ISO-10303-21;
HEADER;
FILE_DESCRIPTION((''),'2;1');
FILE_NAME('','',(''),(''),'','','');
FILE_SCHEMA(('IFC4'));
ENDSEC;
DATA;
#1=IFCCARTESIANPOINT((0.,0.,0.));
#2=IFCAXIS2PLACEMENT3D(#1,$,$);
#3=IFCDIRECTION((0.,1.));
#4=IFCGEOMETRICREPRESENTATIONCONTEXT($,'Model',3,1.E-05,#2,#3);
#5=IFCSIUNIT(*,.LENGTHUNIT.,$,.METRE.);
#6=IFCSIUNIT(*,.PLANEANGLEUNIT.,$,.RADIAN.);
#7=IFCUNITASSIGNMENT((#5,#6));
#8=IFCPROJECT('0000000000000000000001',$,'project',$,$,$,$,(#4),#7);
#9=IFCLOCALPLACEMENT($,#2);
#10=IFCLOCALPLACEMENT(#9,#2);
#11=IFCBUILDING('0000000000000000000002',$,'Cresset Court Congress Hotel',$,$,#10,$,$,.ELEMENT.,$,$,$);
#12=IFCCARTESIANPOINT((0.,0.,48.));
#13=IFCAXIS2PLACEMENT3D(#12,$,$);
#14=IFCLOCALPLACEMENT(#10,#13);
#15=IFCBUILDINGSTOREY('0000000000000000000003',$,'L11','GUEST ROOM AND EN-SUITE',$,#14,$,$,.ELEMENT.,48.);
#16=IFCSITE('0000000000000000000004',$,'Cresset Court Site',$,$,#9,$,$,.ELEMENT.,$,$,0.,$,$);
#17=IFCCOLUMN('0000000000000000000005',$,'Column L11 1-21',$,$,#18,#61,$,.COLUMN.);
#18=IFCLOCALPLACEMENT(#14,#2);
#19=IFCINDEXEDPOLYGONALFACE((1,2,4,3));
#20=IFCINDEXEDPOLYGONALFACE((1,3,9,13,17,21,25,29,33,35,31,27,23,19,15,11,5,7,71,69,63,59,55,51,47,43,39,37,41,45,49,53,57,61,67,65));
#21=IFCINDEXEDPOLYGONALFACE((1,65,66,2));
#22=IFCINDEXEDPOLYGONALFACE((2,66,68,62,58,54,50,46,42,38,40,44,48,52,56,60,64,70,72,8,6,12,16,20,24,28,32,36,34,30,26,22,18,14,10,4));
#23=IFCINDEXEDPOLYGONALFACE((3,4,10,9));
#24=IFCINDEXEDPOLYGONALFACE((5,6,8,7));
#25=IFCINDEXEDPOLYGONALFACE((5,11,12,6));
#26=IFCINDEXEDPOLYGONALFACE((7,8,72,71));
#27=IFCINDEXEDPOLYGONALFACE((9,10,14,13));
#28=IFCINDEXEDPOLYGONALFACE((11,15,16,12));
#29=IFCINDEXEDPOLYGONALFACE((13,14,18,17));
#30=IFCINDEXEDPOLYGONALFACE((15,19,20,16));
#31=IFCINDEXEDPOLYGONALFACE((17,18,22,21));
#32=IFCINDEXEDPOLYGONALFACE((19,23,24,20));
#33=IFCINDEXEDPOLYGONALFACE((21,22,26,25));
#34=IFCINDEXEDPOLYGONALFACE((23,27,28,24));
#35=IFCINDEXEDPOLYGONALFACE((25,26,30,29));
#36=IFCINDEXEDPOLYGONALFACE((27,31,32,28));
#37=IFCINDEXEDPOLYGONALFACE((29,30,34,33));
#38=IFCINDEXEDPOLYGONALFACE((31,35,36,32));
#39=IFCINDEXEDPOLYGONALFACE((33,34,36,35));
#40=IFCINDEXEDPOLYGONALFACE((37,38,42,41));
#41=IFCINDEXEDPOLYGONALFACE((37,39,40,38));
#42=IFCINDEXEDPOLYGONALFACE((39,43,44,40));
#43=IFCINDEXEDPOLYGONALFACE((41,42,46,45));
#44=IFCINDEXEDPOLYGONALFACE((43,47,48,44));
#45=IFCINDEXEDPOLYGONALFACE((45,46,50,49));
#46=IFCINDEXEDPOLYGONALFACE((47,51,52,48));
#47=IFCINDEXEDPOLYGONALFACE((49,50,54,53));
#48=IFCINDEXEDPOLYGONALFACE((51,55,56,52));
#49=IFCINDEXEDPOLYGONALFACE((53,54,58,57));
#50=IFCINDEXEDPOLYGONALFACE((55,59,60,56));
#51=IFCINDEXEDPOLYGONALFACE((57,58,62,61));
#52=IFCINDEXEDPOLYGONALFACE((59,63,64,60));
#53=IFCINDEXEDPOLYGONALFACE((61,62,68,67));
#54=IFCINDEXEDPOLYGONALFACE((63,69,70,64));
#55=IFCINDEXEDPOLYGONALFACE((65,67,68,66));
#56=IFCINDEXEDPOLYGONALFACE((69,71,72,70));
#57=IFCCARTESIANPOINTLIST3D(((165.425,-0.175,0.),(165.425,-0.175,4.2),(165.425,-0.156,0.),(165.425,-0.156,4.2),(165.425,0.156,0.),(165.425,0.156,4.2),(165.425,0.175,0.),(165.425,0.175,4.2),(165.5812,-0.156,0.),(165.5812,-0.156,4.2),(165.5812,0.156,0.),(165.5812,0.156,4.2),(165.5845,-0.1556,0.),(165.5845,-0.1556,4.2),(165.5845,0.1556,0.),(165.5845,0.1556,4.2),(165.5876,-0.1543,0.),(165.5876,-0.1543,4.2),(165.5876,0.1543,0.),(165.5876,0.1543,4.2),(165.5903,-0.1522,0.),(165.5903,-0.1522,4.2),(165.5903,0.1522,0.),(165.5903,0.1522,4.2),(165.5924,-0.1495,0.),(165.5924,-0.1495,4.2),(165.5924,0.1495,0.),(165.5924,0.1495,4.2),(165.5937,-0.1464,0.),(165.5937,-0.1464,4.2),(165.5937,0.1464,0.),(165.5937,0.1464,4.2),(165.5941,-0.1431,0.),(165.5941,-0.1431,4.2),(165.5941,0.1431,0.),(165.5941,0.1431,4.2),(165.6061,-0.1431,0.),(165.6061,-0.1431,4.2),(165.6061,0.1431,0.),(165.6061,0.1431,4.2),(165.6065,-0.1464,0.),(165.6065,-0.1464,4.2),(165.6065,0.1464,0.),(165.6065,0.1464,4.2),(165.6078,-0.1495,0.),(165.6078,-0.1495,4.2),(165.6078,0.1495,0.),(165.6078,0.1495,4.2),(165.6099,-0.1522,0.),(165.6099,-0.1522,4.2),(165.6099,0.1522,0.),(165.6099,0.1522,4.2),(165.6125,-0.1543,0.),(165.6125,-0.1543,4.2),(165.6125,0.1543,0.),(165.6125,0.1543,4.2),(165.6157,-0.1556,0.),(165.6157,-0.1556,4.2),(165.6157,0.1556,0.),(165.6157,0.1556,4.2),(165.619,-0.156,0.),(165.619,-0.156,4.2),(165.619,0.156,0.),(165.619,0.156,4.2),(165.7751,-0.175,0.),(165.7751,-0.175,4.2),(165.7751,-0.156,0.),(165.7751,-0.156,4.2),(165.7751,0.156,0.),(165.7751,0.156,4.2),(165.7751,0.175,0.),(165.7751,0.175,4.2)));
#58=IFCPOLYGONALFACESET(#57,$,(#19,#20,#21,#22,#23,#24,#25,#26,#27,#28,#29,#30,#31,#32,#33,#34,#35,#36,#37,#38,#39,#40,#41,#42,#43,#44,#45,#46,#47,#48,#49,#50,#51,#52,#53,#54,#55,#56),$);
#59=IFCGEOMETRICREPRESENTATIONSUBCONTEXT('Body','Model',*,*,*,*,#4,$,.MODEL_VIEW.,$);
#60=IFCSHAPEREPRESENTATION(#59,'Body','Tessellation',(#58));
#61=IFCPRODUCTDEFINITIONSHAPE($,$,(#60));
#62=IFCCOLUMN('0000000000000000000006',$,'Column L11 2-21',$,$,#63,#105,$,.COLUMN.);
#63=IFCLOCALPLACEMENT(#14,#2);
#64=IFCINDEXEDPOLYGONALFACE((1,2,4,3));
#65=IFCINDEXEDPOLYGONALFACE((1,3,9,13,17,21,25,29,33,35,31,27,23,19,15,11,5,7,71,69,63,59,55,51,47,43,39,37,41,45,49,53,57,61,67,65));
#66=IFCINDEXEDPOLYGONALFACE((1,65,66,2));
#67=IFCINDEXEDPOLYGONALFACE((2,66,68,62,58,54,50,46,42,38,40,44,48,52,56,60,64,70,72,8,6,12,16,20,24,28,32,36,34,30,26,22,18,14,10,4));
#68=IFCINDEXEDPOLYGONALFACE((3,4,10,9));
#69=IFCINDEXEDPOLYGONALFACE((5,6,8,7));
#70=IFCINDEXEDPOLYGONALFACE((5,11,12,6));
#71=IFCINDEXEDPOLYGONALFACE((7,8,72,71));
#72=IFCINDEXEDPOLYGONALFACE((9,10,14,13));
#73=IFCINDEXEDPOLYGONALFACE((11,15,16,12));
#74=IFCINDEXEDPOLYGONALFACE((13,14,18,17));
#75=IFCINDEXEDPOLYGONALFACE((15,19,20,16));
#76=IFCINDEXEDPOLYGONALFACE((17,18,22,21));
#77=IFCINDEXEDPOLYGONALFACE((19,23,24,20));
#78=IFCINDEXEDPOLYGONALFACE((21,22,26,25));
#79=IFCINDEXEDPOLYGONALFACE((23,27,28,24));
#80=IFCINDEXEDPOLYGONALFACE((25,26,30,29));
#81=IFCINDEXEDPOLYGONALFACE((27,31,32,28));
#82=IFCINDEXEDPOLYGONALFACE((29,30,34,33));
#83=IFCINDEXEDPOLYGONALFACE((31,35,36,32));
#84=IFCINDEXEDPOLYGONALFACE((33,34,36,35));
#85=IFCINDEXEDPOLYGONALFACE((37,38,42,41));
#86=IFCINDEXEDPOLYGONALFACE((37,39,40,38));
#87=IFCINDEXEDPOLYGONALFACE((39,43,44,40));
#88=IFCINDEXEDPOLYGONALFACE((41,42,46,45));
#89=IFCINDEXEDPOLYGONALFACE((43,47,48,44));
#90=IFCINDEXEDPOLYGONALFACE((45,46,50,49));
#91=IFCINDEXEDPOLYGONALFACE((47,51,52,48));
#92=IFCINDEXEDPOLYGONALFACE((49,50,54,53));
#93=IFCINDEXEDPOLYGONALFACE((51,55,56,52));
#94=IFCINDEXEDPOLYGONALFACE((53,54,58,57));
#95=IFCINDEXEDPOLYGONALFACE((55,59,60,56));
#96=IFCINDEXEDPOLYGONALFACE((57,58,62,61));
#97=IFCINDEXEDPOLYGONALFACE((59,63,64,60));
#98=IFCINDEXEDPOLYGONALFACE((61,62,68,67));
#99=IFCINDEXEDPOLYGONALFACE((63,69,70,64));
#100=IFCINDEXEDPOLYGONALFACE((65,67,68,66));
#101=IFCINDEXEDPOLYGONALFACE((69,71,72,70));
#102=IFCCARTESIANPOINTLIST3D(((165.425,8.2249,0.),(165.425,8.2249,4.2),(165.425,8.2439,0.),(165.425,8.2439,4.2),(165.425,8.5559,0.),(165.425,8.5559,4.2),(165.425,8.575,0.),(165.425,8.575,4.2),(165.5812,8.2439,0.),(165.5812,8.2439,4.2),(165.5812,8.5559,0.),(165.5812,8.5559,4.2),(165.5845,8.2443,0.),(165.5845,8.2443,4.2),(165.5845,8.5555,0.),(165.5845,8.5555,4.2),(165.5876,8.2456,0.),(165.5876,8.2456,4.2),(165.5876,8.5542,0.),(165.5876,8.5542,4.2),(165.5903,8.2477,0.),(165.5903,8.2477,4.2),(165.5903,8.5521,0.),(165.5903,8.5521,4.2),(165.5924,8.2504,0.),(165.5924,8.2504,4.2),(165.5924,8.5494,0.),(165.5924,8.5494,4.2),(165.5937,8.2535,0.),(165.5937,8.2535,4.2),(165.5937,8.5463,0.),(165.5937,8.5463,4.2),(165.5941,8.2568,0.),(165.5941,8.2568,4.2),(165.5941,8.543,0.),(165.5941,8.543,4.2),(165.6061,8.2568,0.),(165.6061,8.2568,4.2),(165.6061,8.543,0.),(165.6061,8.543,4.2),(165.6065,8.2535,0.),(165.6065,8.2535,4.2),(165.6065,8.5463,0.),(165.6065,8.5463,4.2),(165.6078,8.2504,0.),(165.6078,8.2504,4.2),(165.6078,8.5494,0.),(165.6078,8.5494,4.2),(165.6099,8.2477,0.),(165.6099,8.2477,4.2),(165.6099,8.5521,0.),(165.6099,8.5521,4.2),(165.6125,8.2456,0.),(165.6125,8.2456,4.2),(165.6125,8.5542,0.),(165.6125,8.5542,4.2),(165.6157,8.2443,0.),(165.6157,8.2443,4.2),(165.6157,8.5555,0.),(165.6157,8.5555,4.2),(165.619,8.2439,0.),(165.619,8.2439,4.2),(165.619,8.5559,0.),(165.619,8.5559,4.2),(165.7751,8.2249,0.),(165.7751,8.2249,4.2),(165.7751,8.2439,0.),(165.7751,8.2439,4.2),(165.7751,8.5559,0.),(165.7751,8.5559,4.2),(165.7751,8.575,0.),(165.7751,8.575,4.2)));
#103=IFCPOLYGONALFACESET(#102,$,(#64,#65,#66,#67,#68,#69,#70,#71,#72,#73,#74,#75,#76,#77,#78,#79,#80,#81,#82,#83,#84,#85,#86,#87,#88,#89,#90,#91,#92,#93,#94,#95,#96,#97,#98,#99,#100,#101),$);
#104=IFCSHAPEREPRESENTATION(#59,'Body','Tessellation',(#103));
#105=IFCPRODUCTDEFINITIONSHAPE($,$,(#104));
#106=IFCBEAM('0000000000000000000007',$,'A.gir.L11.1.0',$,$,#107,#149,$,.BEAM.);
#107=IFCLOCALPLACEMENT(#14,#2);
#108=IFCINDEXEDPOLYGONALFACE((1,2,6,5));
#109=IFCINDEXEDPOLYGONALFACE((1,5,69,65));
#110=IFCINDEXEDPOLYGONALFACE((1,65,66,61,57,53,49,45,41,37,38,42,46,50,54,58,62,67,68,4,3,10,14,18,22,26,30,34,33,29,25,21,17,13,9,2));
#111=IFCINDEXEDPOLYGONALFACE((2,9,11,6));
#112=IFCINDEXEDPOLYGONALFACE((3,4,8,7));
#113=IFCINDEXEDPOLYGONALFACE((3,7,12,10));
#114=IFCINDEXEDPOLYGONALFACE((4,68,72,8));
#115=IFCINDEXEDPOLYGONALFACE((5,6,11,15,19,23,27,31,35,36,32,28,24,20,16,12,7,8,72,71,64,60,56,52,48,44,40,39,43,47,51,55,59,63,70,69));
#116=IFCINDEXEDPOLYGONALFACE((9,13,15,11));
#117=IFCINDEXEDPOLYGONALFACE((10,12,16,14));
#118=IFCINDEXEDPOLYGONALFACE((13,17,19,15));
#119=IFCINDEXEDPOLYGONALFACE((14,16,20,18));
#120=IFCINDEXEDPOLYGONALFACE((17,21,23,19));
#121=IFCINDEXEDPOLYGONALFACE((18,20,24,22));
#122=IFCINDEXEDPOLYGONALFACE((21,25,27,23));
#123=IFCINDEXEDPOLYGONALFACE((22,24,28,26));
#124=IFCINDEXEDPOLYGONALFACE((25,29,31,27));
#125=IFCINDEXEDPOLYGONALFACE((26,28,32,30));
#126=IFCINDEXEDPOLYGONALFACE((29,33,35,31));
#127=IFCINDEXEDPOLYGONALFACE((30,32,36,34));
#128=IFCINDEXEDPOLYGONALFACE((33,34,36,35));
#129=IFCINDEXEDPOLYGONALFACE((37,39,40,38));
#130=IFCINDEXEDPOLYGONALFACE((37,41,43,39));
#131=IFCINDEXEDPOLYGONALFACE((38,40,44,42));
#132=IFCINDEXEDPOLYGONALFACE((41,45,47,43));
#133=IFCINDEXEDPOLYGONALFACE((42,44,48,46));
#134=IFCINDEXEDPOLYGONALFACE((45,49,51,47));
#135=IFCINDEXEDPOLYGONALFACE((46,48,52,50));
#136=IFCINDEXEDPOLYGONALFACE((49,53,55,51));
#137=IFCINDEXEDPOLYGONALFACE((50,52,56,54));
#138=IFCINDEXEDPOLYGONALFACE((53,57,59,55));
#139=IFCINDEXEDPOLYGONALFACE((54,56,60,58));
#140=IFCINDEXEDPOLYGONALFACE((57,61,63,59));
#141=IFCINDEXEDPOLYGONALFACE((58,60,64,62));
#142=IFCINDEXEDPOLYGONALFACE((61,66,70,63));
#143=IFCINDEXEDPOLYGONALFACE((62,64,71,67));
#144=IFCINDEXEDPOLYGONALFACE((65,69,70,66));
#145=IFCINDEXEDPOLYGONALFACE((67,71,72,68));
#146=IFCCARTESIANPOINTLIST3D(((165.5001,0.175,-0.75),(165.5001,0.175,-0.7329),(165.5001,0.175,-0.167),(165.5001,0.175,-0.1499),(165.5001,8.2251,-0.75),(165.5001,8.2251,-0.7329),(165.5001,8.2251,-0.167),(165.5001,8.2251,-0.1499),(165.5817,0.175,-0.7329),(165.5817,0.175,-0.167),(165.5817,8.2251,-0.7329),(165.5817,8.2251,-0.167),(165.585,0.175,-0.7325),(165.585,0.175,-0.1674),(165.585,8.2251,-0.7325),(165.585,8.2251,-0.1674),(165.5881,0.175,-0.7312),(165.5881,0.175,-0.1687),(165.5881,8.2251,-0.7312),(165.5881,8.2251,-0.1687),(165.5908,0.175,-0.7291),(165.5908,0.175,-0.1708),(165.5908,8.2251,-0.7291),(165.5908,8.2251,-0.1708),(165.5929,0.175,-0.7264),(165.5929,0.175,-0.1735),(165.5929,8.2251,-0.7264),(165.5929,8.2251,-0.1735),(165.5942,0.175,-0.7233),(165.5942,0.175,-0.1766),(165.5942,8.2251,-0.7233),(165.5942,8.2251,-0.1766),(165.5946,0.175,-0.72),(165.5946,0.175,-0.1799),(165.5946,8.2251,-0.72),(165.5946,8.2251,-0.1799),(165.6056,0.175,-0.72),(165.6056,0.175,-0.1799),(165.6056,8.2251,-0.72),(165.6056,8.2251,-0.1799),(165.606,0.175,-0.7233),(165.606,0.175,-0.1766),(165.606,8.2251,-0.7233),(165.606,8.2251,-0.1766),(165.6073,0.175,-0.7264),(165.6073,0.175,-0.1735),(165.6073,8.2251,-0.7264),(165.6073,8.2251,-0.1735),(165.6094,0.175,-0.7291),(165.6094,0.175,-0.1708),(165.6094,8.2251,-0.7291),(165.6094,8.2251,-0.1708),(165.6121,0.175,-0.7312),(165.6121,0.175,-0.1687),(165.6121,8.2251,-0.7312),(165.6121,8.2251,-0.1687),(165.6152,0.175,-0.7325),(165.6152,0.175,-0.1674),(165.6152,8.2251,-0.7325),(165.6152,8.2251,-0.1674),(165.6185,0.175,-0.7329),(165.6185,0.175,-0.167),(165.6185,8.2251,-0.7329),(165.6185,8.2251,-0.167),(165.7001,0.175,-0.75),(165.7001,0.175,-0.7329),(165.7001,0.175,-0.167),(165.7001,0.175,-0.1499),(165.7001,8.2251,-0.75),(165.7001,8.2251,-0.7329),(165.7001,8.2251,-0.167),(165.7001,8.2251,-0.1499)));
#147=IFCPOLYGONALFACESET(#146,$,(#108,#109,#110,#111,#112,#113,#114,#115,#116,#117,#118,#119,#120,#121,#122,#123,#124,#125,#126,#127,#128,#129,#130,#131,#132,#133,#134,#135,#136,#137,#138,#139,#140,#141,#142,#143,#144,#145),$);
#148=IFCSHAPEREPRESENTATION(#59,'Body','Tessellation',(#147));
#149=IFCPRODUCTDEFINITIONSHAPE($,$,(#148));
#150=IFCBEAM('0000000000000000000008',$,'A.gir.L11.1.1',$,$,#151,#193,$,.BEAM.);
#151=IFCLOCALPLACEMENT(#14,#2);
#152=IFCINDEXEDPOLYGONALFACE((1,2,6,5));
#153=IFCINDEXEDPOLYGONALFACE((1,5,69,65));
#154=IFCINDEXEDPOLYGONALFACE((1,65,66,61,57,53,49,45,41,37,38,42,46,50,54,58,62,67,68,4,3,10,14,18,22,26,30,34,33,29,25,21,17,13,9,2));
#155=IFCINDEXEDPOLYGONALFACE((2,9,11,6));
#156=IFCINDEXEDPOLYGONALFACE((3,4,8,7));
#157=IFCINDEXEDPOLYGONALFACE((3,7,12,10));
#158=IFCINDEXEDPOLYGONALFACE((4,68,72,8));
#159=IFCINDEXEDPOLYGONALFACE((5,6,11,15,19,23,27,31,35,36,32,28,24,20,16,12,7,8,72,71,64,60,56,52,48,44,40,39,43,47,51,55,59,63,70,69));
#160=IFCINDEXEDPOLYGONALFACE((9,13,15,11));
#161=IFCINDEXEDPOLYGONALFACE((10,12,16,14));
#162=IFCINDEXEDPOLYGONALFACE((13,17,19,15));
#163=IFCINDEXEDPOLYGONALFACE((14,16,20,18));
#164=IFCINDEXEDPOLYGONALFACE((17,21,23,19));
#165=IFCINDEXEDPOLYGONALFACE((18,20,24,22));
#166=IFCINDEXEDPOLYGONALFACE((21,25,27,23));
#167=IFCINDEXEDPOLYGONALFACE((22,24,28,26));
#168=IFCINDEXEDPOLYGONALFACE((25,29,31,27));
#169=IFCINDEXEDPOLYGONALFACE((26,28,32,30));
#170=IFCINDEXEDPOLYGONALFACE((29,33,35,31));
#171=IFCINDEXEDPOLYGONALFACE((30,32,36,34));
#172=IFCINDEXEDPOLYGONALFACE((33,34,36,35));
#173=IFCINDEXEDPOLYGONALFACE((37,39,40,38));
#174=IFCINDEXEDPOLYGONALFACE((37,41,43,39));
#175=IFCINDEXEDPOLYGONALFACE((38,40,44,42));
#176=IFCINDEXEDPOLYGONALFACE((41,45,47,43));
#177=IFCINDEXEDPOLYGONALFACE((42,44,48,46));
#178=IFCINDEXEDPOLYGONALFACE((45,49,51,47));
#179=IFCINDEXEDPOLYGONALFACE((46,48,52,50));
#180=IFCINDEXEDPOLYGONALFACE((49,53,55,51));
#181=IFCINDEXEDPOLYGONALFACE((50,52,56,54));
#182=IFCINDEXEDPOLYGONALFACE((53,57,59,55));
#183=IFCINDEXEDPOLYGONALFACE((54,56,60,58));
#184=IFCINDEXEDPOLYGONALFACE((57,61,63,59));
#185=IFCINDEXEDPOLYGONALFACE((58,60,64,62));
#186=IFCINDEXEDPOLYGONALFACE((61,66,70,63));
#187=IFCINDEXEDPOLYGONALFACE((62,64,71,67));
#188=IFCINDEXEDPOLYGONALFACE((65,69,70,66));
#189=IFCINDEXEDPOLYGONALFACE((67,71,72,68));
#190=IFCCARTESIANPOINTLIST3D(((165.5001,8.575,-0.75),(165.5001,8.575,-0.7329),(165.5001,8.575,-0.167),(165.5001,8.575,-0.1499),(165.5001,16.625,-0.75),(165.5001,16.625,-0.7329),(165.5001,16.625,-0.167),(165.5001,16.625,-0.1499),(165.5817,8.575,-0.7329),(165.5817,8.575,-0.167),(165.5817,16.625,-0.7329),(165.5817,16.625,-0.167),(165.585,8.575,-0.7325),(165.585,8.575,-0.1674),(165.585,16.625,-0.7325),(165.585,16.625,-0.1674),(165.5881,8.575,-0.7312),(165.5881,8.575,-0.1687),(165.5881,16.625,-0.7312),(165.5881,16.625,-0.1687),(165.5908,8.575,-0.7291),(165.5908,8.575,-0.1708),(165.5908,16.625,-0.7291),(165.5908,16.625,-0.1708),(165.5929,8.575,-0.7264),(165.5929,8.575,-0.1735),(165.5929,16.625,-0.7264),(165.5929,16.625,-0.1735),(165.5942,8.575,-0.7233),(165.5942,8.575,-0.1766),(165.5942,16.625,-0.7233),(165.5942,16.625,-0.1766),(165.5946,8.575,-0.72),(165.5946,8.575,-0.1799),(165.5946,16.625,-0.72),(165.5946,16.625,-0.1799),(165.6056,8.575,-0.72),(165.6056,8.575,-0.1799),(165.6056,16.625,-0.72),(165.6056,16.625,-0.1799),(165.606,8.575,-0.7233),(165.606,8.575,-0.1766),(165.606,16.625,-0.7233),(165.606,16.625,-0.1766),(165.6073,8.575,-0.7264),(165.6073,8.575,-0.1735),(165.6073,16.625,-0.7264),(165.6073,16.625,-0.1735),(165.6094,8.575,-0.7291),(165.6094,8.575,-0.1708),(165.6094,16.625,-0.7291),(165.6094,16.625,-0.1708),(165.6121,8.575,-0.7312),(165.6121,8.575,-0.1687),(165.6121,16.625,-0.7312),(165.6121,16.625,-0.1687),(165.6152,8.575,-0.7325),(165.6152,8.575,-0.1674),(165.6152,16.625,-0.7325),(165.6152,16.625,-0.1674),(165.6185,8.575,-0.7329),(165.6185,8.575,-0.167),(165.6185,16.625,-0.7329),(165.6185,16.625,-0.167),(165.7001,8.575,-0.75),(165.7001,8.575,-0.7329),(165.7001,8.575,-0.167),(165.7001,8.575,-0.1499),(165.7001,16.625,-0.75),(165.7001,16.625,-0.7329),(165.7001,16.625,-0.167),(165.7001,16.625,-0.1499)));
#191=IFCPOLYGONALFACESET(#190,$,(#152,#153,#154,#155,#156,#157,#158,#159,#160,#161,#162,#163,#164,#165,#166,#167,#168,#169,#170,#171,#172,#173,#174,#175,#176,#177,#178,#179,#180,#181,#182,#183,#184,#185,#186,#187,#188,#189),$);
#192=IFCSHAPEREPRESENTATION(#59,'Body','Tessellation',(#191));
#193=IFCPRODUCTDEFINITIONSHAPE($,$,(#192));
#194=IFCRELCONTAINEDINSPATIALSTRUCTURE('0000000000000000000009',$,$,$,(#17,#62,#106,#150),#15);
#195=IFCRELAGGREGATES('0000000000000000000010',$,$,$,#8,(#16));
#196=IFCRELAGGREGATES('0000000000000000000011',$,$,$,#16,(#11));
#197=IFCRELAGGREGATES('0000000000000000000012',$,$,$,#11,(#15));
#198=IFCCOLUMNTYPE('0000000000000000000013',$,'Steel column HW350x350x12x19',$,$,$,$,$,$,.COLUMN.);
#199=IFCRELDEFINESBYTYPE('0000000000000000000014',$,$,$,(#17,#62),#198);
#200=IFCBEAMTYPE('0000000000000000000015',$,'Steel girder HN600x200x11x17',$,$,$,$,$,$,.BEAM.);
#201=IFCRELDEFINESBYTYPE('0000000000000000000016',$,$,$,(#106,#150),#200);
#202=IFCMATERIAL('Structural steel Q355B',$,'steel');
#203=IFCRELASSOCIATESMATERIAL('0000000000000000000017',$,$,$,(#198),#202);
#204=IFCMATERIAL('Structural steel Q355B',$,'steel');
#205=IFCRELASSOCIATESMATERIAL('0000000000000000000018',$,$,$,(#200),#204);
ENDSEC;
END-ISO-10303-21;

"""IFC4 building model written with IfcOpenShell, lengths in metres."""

from ifc_helpers import new_model, si_unit, direction, frame, origin, origin_2d, place, context, subcontext, project, spatial, i_section, extrude, material, material_profile, profile_set, type_object, element, save


model = new_model("IFC4")

# Units and contexts
model_context = context("Model", 3, precision=1e-05, world=origin(), true_north=direction((0.0, 1.0)))
body_context = subcontext(model_context, "Body", "Model", "MODEL_VIEW")
ifc_project = project(units=[si_unit("LENGTHUNIT", "METRE"), si_unit("PLANEANGLEUNIT", "RADIAN")], contexts=[model_context])

# Site, building, storey
site_placement = place(None, origin())
site = spatial("IfcSite", under=ifc_project, at=site_placement, Name="Cresset Court Site", CompositionType="ELEMENT", RefElevation=0.0)
building_placement = place(site_placement, origin())
building = spatial("IfcBuilding", under=site, at=building_placement, Name="Cresset Court Congress Hotel", CompositionType="ELEMENT")
storey_placement = place(building_placement, frame((0.0, 0.0, 48.0)))
storey = spatial("IfcBuildingStorey", under=building, at=storey_placement, Name="L11", Description="GUEST ROOM AND EN-SUITE", CompositionType="ELEMENT", Elevation=48.0)

# Columns
ifc_material_1 = material(Name="Structural steel Q355B", Category="steel")
ifc_material_profile_1 = material_profile(ifc_material_1, i_section(OverallWidth=0.3501, OverallDepth=0.3501, WebThickness=0.012, FlangeThickness=0.019, FilletRadius=0.0129, at=origin_2d()), Name="HW350x350x12x19")
ifc_profile_set_1 = profile_set([ifc_material_profile_1], Name="Structural steel Q355B")
column_type = type_object("IfcColumnType", Name="Steel column HW350x350x12x19", PredefinedType="COLUMN", material=ifc_profile_set_1)
for number, where, z_axis, x_axis, name in (
    (1, (165.6001, 0.0, 0.0), (0.0, 0.0, 1.0), (1.0, 0.0, 0.0), "Column L11 1-21"),
    (2, (165.6001, 8.3999, 0.0), (0.0, 0.0, 1.0), (1.0, 0.0, 0.0), "Column L11 2-21"),
):
    element("IfcColumn", number, at=place(storey_placement, frame(where, z_axis=z_axis, x_axis=x_axis)), inside=storey, type_object=column_type, Name=name, PredefinedType="COLUMN", context=body_context, shape_type="SweptSolid", body=[
        extrude(i_section(OverallWidth=0.3501, OverallDepth=0.3501, WebThickness=0.012, FlangeThickness=0.019, FilletRadius=0.0129, at=origin_2d()), origin(), (0.0, 0.0, 1.0), 4.2),
    ])

# Beams
ifc_material_2 = material(Name="Structural steel Q355B", Category="steel")
ifc_material_profile_2 = material_profile(ifc_material_2, i_section(OverallWidth=0.2, OverallDepth=0.6001, WebThickness=0.011, FlangeThickness=0.0171, FilletRadius=0.0129, at=origin_2d()), Name="HN600x200x11x17")
ifc_profile_set_2 = profile_set([ifc_material_profile_2], Name="Structural steel Q355B")
beam_type = type_object("IfcBeamType", Name="Steel girder HN600x200x11x17", PredefinedType="BEAM", material=ifc_profile_set_2)
for number, where, z_axis, x_axis, name in (
    (3, (165.6001, 0.175, -0.45), (0.0, 1.0, 0.0), (-1.0, 0.0, 0.0), "A.gir.L11.1.0"),
    (4, (165.6001, 8.575, -0.45), (0.0, 1.0, 0.0), (-1.0, 0.0, 0.0), "A.gir.L11.1.1"),
):
    element("IfcBeam", number, at=place(storey_placement, frame(where, z_axis=z_axis, x_axis=x_axis)), inside=storey, type_object=beam_type, Name=name, PredefinedType="BEAM", context=body_context, shape_type="SweptSolid", body=[
        extrude(i_section(OverallWidth=0.2, OverallDepth=0.6001, WebThickness=0.011, FlangeThickness=0.0171, FilletRadius=0.0129, at=origin_2d()), origin(), (0.0, 0.0, 1.0), 8.05),
    ])

save(model, "model.ifc")
